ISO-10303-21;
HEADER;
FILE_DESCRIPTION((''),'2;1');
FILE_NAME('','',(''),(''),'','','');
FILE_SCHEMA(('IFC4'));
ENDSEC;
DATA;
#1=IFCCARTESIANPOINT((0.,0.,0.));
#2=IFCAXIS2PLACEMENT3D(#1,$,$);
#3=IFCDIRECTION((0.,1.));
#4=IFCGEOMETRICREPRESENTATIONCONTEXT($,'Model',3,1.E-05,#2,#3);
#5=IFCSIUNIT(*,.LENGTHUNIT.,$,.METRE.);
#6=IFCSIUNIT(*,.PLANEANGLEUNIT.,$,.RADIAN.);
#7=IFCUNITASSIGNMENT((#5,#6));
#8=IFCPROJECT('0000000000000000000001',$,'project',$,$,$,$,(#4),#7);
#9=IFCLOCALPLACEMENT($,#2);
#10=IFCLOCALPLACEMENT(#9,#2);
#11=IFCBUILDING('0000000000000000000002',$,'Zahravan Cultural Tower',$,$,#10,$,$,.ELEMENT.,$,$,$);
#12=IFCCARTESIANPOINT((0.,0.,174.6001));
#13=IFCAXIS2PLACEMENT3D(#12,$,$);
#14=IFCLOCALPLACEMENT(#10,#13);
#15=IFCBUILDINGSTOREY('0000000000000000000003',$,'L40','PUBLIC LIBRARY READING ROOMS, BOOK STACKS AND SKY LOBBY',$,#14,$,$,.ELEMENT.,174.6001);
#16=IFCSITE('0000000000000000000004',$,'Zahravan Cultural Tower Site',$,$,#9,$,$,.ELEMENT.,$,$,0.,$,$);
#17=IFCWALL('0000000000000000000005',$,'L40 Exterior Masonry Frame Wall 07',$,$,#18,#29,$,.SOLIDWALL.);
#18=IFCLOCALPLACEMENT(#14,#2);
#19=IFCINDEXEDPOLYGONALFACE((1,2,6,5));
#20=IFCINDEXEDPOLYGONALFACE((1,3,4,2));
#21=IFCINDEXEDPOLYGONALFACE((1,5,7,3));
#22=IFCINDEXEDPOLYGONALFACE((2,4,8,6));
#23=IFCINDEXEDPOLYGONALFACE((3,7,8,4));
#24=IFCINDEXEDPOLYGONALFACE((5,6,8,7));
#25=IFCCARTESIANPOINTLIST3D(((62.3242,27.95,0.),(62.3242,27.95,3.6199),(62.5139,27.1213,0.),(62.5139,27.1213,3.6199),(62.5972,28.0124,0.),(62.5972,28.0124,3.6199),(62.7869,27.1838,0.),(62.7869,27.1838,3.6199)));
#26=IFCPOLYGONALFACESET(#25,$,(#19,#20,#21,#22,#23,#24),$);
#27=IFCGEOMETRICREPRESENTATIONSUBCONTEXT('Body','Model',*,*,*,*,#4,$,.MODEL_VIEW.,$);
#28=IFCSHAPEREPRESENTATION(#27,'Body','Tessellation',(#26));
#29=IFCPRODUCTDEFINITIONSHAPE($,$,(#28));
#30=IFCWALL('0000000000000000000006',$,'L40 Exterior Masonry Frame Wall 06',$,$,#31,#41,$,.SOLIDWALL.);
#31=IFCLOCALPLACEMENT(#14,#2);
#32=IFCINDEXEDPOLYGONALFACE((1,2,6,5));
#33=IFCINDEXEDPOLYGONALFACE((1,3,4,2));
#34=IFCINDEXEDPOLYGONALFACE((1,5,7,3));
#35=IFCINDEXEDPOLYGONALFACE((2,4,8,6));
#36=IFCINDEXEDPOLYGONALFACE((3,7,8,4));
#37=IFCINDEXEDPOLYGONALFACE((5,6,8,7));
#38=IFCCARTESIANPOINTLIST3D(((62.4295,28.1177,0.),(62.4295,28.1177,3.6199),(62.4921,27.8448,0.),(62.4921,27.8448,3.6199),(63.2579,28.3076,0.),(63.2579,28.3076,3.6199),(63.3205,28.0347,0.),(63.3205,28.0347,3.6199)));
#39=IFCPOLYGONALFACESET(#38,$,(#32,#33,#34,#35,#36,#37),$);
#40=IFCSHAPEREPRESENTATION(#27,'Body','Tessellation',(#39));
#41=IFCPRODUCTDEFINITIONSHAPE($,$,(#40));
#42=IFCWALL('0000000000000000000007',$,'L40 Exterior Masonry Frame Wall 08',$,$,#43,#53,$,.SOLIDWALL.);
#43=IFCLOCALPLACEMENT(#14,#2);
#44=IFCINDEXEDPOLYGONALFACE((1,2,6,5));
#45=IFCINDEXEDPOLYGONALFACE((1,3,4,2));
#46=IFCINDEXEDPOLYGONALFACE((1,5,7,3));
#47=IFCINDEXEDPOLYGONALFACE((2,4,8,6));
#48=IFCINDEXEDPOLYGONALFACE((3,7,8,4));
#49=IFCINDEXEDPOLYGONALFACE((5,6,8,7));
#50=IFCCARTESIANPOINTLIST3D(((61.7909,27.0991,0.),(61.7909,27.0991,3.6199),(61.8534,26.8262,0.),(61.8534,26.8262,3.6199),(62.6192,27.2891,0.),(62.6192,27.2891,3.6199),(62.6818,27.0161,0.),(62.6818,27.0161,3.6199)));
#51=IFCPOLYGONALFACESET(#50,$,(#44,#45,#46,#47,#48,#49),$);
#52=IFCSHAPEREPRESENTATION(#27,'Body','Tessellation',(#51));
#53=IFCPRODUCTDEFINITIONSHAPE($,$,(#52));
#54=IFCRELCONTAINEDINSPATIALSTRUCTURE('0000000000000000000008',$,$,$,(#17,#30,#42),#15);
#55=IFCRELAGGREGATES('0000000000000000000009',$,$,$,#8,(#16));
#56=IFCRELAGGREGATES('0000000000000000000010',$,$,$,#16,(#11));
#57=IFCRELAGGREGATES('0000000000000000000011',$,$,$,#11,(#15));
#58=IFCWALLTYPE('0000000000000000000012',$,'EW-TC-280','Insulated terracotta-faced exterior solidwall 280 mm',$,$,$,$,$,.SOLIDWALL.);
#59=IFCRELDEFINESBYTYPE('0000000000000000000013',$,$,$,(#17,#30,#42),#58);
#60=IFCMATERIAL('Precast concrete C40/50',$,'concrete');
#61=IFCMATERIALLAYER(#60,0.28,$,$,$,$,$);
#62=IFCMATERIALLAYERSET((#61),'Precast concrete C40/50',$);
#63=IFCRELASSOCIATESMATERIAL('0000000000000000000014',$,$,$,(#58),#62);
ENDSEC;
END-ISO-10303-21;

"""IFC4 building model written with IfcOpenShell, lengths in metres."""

from ifc_helpers import new_model, si_unit, direction, frame, frame_2d, origin, place, context, subcontext, project, spatial, rectangle, extrude, source, transform, mapped, material, layer, layer_set, type_object, element, save


model = new_model("IFC4")

# Units and contexts
model_context = context("Model", 3, precision=1e-05, world=origin(), true_north=direction((0.0, 1.0)))
body_context = subcontext(model_context, "Body", "Model", "MODEL_VIEW")
ifc_project = project(units=[si_unit("LENGTHUNIT", "METRE"), si_unit("PLANEANGLEUNIT", "RADIAN")], contexts=[model_context])

# Site, building, storey
site_placement = place(None, origin())
site = spatial("IfcSite", under=ifc_project, at=site_placement, Name="Zahravan Cultural Tower Site", CompositionType="ELEMENT", RefElevation=0.0)
building_placement = place(site_placement, origin())
building = spatial("IfcBuilding", under=site, at=building_placement, Name="Zahravan Cultural Tower", CompositionType="ELEMENT")
storey_placement = place(building_placement, frame((0.0, 0.0, 174.6001)))
storey = spatial("IfcBuildingStorey", under=building, at=storey_placement, Name="L40", Description="PUBLIC LIBRARY READING ROOMS, BOOK STACKS AND SKY LOBBY", CompositionType="ELEMENT", Elevation=174.6001)

# Walls
ifc_material_1 = material(Name="Precast concrete C40/50", Category="concrete")
ifc_layer_1 = layer(ifc_material_1, 0.28)
ifc_layer_set_1 = layer_set([ifc_layer_1], Name="Precast concrete C40/50")
wall_type_1 = type_object("IfcWallType", Name="EW-TC-280", Description="Insulated terracotta-faced exterior solidwall 280 mm", PredefinedType="SOLIDWALL", material=ifc_layer_set_1)
shared_shape_1 = source(origin(), body_context, "Body", "SweptSolid", [
    extrude(rectangle(XDim=0.8501, YDim=0.28, at=frame_2d((0.425, 0.0))), origin(), (0.0, 0.0, 1.0), 3.6199),
])
wall_1_placement = place(storey_placement, frame((62.4607, 27.9812, 0.0), z_axis=(0.0, 0.0, 1.0), x_axis=(0.22316, -0.974782, 0.0)))
element("IfcWall", 1, at=wall_1_placement, inside=storey, type_object=wall_type_1, Name="L40 Exterior Masonry Frame Wall 07", PredefinedType="SOLIDWALL", context=body_context, shape_type="MappedRepresentation", body=[
    mapped(shared_shape_1, transform((0.0, 0.0, 0.0), x_axis=(1.0, 0.0, 0.0), y_axis=(0.0, 1.0, 0.0), z_axis=(0.0, 0.0, 1.0), scale=1.0)),
])
shared_shape_2 = source(origin(), body_context, "Body", "SweptSolid", [
    extrude(rectangle(XDim=0.8499, YDim=0.28, at=frame_2d((0.4248, 0.0))), origin(), (0.0, 0.0, 1.0), 3.6199),
])
for number, where, z_axis, x_axis, name in (
    (2, (63.2891, 28.1711, 0.0), (0.0, 0.0, 1.0), (-0.974705, -0.223496, 0.0), "L40 Exterior Masonry Frame Wall 06"),
    (3, (62.6504, 27.1526, 0.0), (0.0, 0.0, 1.0), (-0.974705, -0.223496, 0.0), "L40 Exterior Masonry Frame Wall 08"),
):
    element("IfcWall", number, at=place(storey_placement, frame(where, z_axis=z_axis, x_axis=x_axis)), inside=storey, type_object=wall_type_1, Name=name, PredefinedType="SOLIDWALL", context=body_context, shape_type="MappedRepresentation", body=[
        mapped(shared_shape_2, transform((0.0, 0.0, 0.0), x_axis=(1.0, 0.0, 0.0), y_axis=(0.0, 1.0, 0.0), z_axis=(0.0, 0.0, 1.0), scale=1.0)),
    ])

save(model, "model.ifc")
